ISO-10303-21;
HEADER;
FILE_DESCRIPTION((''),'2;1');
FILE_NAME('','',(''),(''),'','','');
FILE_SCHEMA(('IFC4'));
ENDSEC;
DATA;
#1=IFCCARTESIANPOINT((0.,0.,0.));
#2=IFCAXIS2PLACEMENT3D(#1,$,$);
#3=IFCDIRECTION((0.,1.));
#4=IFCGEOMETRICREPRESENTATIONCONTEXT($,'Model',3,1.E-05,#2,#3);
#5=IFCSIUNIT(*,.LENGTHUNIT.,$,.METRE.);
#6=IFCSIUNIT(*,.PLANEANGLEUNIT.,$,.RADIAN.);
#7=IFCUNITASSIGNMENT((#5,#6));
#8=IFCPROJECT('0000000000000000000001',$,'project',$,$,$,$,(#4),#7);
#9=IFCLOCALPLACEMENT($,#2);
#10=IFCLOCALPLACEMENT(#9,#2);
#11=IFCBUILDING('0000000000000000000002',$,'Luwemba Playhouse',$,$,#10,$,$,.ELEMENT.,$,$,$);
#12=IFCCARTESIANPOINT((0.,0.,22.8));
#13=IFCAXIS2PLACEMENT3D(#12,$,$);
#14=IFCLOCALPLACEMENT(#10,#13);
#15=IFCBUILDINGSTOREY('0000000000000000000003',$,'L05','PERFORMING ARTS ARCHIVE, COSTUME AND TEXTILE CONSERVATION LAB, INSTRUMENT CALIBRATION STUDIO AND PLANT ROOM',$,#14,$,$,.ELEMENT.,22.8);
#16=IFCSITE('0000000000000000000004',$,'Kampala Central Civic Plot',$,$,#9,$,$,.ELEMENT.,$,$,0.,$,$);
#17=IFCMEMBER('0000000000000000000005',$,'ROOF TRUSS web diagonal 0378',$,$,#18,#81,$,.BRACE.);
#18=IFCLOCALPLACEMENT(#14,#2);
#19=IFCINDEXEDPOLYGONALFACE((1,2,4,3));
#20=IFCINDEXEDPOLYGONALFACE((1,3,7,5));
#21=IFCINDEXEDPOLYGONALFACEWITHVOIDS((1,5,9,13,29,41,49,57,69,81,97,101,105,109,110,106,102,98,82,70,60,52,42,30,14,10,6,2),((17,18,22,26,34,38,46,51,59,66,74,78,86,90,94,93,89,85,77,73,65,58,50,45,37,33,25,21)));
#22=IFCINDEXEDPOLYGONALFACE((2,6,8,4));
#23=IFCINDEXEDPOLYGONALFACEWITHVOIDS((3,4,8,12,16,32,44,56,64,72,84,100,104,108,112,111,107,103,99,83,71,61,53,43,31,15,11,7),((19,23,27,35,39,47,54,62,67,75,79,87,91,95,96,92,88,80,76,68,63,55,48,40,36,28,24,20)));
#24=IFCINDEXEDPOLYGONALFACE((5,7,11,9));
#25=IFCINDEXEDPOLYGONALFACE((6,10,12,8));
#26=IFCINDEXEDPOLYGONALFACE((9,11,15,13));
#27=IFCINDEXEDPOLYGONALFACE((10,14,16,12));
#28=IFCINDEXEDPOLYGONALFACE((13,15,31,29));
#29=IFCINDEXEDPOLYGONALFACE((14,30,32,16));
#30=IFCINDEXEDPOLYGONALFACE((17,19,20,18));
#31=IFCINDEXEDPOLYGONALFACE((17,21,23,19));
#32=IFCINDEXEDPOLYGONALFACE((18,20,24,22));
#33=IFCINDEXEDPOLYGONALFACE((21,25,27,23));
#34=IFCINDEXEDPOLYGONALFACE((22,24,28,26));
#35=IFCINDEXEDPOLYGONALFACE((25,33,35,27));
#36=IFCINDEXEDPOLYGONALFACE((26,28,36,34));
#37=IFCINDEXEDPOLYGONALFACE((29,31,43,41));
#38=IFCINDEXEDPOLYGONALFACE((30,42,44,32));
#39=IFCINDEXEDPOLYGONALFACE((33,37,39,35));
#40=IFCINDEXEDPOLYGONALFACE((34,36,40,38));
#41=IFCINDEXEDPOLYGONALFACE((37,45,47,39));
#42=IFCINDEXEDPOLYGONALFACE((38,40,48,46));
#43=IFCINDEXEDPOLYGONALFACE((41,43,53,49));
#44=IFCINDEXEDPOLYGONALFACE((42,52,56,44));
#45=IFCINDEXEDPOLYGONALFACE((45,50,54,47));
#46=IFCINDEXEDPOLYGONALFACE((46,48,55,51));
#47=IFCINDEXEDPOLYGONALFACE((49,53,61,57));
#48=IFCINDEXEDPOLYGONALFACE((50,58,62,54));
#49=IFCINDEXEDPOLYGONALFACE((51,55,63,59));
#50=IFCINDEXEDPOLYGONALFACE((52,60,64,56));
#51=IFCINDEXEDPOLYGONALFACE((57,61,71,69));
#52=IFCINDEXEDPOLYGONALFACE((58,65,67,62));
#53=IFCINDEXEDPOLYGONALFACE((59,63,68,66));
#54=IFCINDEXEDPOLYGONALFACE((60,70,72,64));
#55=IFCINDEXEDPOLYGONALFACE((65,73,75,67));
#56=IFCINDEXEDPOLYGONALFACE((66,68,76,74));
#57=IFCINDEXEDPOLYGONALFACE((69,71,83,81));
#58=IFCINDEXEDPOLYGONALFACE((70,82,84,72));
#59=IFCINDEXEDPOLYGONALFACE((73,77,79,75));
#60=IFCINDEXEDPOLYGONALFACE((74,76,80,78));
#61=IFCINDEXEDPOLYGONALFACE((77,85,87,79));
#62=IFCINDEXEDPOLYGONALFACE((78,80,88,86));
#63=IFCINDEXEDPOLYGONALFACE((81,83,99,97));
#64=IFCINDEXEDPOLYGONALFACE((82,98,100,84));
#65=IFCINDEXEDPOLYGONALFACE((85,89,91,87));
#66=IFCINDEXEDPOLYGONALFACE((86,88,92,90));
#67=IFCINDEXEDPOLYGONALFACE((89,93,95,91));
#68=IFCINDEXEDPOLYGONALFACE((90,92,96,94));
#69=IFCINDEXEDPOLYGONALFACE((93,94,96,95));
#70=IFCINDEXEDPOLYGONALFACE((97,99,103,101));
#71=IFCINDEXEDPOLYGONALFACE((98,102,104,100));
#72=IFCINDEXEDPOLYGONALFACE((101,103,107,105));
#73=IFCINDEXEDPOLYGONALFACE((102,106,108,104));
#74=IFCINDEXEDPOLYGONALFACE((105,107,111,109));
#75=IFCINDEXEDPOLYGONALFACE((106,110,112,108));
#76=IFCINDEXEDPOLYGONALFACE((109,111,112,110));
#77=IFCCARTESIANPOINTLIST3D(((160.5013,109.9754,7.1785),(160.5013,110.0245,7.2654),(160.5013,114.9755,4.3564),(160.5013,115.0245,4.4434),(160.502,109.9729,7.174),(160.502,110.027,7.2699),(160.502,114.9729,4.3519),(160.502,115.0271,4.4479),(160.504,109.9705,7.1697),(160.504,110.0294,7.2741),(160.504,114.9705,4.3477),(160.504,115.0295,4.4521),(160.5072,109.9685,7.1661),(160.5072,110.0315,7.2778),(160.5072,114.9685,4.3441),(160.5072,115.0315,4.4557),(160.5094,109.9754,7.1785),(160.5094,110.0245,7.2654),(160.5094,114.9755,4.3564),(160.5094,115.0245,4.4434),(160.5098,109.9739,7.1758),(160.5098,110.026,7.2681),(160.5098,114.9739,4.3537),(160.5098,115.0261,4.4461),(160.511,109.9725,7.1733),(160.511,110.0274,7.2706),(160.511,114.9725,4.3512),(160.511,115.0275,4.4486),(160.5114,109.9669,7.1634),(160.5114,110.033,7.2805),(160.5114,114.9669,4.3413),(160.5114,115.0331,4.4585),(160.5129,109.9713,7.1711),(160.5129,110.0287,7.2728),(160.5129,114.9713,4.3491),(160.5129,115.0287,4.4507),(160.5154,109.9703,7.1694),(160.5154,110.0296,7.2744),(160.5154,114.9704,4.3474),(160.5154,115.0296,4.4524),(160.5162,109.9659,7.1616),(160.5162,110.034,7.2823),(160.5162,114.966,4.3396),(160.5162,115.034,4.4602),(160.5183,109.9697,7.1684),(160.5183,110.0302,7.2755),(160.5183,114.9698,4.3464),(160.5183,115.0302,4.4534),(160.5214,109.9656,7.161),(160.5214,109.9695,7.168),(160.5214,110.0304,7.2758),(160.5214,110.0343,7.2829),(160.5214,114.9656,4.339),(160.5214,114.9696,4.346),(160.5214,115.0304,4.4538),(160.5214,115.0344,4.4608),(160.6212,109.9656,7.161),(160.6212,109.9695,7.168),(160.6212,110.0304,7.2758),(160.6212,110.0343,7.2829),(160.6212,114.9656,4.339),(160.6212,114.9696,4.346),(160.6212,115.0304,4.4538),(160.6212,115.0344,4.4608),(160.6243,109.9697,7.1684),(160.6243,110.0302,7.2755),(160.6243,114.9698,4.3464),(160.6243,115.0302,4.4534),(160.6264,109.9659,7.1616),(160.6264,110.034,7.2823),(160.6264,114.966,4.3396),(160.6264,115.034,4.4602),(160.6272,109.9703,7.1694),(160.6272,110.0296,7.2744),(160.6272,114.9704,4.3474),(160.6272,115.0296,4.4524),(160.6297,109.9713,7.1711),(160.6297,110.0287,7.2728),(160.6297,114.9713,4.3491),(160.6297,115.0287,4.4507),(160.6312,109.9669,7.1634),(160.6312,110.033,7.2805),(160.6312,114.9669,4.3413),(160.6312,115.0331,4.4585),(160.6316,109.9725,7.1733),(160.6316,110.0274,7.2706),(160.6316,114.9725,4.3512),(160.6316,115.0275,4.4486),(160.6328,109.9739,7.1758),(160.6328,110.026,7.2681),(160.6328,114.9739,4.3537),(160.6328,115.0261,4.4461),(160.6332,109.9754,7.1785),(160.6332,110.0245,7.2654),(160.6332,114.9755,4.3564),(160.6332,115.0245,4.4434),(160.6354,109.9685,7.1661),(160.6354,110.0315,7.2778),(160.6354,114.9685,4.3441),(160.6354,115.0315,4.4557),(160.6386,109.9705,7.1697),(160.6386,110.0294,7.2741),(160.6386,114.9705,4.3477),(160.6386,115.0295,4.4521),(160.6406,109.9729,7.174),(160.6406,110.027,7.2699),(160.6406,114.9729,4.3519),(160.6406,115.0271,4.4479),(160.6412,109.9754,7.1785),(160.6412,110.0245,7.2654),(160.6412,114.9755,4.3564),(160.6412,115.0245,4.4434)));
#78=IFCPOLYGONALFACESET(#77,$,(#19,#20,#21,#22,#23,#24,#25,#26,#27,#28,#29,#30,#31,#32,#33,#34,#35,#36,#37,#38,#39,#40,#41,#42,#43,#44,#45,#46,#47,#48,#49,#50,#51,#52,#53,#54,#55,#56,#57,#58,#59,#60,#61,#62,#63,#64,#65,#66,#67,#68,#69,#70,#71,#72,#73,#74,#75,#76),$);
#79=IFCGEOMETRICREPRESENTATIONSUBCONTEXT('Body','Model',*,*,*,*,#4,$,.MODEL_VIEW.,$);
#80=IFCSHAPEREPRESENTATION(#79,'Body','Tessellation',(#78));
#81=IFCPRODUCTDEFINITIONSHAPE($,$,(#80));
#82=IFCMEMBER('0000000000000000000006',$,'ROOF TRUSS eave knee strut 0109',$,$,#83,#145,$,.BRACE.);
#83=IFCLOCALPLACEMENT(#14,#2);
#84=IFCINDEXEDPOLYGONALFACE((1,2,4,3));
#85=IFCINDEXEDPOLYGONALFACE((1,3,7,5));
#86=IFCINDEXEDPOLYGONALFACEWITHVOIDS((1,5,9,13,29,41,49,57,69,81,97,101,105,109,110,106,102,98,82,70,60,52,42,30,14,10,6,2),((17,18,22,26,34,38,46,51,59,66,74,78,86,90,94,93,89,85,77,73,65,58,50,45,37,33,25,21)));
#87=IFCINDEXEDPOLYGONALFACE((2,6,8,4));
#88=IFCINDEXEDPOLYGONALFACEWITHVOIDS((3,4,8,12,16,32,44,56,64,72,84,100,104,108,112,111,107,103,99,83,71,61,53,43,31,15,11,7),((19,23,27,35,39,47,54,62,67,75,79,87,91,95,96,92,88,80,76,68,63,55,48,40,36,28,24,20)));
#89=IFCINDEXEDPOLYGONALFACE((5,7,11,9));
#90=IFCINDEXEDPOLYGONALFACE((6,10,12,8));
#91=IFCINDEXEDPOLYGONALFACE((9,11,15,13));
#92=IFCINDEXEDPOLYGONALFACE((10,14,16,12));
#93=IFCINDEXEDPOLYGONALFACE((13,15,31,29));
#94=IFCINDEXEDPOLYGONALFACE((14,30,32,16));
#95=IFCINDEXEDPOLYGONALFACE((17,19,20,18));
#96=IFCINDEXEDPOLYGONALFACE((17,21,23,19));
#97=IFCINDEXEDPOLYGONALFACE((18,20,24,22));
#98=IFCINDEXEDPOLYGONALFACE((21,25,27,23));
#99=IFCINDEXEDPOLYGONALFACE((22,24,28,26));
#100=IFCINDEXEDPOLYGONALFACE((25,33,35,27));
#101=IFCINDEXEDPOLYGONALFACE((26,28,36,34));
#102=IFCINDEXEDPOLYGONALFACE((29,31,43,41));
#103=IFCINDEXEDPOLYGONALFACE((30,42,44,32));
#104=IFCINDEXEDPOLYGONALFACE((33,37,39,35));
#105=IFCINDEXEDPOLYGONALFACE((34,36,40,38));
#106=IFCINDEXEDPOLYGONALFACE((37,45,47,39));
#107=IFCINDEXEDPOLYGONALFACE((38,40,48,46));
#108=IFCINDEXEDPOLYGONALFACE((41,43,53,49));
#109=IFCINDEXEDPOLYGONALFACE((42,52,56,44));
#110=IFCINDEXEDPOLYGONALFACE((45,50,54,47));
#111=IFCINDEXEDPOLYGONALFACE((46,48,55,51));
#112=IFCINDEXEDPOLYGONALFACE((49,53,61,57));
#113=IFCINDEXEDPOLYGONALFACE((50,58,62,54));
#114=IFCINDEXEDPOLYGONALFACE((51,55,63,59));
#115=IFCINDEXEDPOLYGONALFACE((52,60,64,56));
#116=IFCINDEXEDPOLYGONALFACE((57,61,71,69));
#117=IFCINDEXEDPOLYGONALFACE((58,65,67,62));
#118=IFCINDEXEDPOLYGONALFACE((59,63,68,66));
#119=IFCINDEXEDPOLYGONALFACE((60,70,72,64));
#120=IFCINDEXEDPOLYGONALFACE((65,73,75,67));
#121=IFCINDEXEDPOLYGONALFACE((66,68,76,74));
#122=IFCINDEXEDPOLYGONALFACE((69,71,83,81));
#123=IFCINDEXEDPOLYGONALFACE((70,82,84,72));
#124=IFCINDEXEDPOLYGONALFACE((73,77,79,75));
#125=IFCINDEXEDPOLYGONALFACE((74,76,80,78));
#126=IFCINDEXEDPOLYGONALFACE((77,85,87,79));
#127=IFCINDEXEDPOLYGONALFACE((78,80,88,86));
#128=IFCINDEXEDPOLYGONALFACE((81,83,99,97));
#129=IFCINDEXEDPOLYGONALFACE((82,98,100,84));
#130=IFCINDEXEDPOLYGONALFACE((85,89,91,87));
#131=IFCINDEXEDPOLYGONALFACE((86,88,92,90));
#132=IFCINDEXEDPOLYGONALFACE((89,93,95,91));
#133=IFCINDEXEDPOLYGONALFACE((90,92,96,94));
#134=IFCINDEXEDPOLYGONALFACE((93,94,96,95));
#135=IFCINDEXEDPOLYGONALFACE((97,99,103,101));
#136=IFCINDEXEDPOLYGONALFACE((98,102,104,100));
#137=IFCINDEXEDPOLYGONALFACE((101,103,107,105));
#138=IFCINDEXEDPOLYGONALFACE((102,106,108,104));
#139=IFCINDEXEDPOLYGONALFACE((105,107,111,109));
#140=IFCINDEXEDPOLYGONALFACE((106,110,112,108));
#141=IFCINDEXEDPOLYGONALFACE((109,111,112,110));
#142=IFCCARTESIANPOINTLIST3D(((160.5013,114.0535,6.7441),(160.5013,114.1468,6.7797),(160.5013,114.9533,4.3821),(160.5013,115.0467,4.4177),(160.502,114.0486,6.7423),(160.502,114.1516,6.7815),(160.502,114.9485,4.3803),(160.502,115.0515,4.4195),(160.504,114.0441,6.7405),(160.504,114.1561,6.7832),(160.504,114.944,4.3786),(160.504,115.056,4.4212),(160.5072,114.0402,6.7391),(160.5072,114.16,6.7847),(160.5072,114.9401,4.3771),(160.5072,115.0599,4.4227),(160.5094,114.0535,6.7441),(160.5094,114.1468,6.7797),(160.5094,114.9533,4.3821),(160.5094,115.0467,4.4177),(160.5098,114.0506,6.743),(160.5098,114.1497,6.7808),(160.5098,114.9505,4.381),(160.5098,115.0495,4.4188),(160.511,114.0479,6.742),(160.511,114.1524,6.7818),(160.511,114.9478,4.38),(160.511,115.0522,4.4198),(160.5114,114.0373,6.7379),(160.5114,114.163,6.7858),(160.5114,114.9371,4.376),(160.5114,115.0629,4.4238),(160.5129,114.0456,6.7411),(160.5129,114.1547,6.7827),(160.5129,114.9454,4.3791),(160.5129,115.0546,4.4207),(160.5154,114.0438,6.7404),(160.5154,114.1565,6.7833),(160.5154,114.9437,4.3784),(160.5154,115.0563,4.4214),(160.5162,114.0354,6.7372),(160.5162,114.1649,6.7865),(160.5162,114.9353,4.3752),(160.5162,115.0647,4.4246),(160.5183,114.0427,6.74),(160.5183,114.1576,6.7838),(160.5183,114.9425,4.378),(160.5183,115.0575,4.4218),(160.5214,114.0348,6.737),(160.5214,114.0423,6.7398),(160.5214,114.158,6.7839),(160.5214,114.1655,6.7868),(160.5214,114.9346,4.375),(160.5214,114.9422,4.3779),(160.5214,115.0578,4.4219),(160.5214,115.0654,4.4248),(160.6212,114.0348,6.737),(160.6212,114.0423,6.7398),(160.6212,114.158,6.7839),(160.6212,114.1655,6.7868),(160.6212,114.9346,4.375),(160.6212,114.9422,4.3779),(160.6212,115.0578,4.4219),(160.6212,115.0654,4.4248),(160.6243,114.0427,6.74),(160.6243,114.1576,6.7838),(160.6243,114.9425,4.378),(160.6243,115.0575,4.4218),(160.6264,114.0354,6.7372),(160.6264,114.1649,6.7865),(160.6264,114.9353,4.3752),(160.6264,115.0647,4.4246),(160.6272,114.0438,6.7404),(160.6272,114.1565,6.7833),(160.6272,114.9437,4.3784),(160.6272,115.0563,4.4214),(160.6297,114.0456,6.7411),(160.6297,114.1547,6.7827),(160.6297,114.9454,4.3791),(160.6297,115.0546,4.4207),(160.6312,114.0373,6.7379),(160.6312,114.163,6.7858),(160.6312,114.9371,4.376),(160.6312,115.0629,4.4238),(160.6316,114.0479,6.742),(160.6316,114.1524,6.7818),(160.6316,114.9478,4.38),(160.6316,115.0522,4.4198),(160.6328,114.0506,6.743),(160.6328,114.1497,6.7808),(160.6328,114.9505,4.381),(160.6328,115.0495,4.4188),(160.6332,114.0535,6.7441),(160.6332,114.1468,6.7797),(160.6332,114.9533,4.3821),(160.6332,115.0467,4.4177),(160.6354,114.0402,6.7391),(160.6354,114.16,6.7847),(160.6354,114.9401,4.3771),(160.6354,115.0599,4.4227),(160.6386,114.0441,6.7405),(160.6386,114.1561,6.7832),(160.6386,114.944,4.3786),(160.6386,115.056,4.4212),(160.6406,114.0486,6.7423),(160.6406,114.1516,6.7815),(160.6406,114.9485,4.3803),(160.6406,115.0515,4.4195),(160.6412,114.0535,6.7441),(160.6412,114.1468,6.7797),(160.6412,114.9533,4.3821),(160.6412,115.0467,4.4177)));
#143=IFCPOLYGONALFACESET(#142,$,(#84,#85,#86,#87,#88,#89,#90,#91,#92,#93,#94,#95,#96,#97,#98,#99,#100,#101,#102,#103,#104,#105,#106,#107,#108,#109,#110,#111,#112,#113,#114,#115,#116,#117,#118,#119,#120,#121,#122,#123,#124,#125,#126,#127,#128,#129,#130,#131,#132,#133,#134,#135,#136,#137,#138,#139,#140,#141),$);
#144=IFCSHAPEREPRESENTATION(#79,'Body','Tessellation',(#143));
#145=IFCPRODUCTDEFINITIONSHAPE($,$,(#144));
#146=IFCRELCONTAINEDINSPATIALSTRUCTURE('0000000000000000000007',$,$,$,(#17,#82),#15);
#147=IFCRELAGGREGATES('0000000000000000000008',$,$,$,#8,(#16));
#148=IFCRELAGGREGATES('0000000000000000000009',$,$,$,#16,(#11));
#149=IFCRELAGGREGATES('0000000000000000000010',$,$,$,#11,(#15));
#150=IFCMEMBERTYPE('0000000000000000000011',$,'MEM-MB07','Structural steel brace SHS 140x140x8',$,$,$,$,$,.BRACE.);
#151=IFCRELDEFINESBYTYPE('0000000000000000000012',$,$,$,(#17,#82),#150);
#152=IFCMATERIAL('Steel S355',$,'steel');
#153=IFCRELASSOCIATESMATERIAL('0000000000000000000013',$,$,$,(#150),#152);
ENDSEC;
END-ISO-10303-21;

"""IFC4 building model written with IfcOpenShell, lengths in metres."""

from ifc_helpers import new_model, si_unit, direction, frame, origin, origin_2d, place, context, subcontext, project, spatial, hollow_rectangle, extrude, material, material_profile, profile_set, type_object, element, save


model = new_model("IFC4")

# Units and contexts
model_context = context("Model", 3, precision=1e-05, world=origin(), true_north=direction((0.0, 1.0)))
body_context = subcontext(model_context, "Body", "Model", "MODEL_VIEW")
ifc_project = project(units=[si_unit("LENGTHUNIT", "METRE"), si_unit("PLANEANGLEUNIT", "RADIAN")], contexts=[model_context])

# Site, building, storey
site_placement = place(None, origin())
site = spatial("IfcSite", under=ifc_project, at=site_placement, Name="Kampala Central Civic Plot", CompositionType="ELEMENT", RefElevation=0.0)
building_placement = place(site_placement, origin())
building = spatial("IfcBuilding", under=site, at=building_placement, Name="Luwemba Playhouse", CompositionType="ELEMENT")
storey_placement = place(building_placement, frame((0.0, 0.0, 22.8)))
storey = spatial("IfcBuildingStorey", under=building, at=storey_placement, Name="L05", Description="PERFORMING ARTS ARCHIVE, COSTUME AND TEXTILE CONSERVATION LAB, INSTRUMENT CALIBRATION STUDIO AND PLANT ROOM", CompositionType="ELEMENT", Elevation=22.8)

# Shared definitions
ifc_material_1 = material(Name="Steel S355", Category="steel")

# Members
ifc_material_profile_1 = material_profile(ifc_material_1, hollow_rectangle(XDim=0.1399, YDim=0.1399, WallThickness=0.0081, InnerFilletRadius=0.012, OuterFilletRadius=0.02, at=origin_2d()))
ifc_profile_set_1 = profile_set([ifc_material_profile_1], Name="Steel S355")
member_type_1 = type_object("IfcMemberType", Name="MEM-MB07", Description="Structural steel brace SHS 140x140x8", PredefinedType="BRACE", material=ifc_profile_set_1)
member_1_placement = place(storey_placement, frame((160.5713, 115.0, 4.3999), z_axis=(0.0, -0.870866, 0.491521), x_axis=(1.0, 0.0, 0.0)))
element("IfcMember", 1, at=member_1_placement, inside=storey, type_object=member_type_1, Name="ROOF TRUSS web diagonal 0378", PredefinedType="BRACE", context=body_context, shape_type="SweptSolid", body=[
    extrude(hollow_rectangle(XDim=0.1399, YDim=0.1399, WallThickness=0.0081, InnerFilletRadius=0.012, OuterFilletRadius=0.02, at=origin_2d()), origin(), (0.0, 0.0, 1.0), 5.7415),
])
member_2_placement = place(storey_placement, frame((160.5713, 115.0, 4.3999), z_axis=(0.0, -0.356019, 0.934479), x_axis=(1.0, 0.0, 0.0)))
element("IfcMember", 2, at=member_2_placement, inside=storey, type_object=member_type_1, Name="ROOF TRUSS eave knee strut 0109", PredefinedType="BRACE", context=body_context, shape_type="SweptSolid", body=[
    extrude(hollow_rectangle(XDim=0.1399, YDim=0.1399, WallThickness=0.0081, InnerFilletRadius=0.012, OuterFilletRadius=0.02, at=origin_2d()), origin(), (0.0, 0.0, 1.0), 2.5276),
])

save(model, "model.ifc")
